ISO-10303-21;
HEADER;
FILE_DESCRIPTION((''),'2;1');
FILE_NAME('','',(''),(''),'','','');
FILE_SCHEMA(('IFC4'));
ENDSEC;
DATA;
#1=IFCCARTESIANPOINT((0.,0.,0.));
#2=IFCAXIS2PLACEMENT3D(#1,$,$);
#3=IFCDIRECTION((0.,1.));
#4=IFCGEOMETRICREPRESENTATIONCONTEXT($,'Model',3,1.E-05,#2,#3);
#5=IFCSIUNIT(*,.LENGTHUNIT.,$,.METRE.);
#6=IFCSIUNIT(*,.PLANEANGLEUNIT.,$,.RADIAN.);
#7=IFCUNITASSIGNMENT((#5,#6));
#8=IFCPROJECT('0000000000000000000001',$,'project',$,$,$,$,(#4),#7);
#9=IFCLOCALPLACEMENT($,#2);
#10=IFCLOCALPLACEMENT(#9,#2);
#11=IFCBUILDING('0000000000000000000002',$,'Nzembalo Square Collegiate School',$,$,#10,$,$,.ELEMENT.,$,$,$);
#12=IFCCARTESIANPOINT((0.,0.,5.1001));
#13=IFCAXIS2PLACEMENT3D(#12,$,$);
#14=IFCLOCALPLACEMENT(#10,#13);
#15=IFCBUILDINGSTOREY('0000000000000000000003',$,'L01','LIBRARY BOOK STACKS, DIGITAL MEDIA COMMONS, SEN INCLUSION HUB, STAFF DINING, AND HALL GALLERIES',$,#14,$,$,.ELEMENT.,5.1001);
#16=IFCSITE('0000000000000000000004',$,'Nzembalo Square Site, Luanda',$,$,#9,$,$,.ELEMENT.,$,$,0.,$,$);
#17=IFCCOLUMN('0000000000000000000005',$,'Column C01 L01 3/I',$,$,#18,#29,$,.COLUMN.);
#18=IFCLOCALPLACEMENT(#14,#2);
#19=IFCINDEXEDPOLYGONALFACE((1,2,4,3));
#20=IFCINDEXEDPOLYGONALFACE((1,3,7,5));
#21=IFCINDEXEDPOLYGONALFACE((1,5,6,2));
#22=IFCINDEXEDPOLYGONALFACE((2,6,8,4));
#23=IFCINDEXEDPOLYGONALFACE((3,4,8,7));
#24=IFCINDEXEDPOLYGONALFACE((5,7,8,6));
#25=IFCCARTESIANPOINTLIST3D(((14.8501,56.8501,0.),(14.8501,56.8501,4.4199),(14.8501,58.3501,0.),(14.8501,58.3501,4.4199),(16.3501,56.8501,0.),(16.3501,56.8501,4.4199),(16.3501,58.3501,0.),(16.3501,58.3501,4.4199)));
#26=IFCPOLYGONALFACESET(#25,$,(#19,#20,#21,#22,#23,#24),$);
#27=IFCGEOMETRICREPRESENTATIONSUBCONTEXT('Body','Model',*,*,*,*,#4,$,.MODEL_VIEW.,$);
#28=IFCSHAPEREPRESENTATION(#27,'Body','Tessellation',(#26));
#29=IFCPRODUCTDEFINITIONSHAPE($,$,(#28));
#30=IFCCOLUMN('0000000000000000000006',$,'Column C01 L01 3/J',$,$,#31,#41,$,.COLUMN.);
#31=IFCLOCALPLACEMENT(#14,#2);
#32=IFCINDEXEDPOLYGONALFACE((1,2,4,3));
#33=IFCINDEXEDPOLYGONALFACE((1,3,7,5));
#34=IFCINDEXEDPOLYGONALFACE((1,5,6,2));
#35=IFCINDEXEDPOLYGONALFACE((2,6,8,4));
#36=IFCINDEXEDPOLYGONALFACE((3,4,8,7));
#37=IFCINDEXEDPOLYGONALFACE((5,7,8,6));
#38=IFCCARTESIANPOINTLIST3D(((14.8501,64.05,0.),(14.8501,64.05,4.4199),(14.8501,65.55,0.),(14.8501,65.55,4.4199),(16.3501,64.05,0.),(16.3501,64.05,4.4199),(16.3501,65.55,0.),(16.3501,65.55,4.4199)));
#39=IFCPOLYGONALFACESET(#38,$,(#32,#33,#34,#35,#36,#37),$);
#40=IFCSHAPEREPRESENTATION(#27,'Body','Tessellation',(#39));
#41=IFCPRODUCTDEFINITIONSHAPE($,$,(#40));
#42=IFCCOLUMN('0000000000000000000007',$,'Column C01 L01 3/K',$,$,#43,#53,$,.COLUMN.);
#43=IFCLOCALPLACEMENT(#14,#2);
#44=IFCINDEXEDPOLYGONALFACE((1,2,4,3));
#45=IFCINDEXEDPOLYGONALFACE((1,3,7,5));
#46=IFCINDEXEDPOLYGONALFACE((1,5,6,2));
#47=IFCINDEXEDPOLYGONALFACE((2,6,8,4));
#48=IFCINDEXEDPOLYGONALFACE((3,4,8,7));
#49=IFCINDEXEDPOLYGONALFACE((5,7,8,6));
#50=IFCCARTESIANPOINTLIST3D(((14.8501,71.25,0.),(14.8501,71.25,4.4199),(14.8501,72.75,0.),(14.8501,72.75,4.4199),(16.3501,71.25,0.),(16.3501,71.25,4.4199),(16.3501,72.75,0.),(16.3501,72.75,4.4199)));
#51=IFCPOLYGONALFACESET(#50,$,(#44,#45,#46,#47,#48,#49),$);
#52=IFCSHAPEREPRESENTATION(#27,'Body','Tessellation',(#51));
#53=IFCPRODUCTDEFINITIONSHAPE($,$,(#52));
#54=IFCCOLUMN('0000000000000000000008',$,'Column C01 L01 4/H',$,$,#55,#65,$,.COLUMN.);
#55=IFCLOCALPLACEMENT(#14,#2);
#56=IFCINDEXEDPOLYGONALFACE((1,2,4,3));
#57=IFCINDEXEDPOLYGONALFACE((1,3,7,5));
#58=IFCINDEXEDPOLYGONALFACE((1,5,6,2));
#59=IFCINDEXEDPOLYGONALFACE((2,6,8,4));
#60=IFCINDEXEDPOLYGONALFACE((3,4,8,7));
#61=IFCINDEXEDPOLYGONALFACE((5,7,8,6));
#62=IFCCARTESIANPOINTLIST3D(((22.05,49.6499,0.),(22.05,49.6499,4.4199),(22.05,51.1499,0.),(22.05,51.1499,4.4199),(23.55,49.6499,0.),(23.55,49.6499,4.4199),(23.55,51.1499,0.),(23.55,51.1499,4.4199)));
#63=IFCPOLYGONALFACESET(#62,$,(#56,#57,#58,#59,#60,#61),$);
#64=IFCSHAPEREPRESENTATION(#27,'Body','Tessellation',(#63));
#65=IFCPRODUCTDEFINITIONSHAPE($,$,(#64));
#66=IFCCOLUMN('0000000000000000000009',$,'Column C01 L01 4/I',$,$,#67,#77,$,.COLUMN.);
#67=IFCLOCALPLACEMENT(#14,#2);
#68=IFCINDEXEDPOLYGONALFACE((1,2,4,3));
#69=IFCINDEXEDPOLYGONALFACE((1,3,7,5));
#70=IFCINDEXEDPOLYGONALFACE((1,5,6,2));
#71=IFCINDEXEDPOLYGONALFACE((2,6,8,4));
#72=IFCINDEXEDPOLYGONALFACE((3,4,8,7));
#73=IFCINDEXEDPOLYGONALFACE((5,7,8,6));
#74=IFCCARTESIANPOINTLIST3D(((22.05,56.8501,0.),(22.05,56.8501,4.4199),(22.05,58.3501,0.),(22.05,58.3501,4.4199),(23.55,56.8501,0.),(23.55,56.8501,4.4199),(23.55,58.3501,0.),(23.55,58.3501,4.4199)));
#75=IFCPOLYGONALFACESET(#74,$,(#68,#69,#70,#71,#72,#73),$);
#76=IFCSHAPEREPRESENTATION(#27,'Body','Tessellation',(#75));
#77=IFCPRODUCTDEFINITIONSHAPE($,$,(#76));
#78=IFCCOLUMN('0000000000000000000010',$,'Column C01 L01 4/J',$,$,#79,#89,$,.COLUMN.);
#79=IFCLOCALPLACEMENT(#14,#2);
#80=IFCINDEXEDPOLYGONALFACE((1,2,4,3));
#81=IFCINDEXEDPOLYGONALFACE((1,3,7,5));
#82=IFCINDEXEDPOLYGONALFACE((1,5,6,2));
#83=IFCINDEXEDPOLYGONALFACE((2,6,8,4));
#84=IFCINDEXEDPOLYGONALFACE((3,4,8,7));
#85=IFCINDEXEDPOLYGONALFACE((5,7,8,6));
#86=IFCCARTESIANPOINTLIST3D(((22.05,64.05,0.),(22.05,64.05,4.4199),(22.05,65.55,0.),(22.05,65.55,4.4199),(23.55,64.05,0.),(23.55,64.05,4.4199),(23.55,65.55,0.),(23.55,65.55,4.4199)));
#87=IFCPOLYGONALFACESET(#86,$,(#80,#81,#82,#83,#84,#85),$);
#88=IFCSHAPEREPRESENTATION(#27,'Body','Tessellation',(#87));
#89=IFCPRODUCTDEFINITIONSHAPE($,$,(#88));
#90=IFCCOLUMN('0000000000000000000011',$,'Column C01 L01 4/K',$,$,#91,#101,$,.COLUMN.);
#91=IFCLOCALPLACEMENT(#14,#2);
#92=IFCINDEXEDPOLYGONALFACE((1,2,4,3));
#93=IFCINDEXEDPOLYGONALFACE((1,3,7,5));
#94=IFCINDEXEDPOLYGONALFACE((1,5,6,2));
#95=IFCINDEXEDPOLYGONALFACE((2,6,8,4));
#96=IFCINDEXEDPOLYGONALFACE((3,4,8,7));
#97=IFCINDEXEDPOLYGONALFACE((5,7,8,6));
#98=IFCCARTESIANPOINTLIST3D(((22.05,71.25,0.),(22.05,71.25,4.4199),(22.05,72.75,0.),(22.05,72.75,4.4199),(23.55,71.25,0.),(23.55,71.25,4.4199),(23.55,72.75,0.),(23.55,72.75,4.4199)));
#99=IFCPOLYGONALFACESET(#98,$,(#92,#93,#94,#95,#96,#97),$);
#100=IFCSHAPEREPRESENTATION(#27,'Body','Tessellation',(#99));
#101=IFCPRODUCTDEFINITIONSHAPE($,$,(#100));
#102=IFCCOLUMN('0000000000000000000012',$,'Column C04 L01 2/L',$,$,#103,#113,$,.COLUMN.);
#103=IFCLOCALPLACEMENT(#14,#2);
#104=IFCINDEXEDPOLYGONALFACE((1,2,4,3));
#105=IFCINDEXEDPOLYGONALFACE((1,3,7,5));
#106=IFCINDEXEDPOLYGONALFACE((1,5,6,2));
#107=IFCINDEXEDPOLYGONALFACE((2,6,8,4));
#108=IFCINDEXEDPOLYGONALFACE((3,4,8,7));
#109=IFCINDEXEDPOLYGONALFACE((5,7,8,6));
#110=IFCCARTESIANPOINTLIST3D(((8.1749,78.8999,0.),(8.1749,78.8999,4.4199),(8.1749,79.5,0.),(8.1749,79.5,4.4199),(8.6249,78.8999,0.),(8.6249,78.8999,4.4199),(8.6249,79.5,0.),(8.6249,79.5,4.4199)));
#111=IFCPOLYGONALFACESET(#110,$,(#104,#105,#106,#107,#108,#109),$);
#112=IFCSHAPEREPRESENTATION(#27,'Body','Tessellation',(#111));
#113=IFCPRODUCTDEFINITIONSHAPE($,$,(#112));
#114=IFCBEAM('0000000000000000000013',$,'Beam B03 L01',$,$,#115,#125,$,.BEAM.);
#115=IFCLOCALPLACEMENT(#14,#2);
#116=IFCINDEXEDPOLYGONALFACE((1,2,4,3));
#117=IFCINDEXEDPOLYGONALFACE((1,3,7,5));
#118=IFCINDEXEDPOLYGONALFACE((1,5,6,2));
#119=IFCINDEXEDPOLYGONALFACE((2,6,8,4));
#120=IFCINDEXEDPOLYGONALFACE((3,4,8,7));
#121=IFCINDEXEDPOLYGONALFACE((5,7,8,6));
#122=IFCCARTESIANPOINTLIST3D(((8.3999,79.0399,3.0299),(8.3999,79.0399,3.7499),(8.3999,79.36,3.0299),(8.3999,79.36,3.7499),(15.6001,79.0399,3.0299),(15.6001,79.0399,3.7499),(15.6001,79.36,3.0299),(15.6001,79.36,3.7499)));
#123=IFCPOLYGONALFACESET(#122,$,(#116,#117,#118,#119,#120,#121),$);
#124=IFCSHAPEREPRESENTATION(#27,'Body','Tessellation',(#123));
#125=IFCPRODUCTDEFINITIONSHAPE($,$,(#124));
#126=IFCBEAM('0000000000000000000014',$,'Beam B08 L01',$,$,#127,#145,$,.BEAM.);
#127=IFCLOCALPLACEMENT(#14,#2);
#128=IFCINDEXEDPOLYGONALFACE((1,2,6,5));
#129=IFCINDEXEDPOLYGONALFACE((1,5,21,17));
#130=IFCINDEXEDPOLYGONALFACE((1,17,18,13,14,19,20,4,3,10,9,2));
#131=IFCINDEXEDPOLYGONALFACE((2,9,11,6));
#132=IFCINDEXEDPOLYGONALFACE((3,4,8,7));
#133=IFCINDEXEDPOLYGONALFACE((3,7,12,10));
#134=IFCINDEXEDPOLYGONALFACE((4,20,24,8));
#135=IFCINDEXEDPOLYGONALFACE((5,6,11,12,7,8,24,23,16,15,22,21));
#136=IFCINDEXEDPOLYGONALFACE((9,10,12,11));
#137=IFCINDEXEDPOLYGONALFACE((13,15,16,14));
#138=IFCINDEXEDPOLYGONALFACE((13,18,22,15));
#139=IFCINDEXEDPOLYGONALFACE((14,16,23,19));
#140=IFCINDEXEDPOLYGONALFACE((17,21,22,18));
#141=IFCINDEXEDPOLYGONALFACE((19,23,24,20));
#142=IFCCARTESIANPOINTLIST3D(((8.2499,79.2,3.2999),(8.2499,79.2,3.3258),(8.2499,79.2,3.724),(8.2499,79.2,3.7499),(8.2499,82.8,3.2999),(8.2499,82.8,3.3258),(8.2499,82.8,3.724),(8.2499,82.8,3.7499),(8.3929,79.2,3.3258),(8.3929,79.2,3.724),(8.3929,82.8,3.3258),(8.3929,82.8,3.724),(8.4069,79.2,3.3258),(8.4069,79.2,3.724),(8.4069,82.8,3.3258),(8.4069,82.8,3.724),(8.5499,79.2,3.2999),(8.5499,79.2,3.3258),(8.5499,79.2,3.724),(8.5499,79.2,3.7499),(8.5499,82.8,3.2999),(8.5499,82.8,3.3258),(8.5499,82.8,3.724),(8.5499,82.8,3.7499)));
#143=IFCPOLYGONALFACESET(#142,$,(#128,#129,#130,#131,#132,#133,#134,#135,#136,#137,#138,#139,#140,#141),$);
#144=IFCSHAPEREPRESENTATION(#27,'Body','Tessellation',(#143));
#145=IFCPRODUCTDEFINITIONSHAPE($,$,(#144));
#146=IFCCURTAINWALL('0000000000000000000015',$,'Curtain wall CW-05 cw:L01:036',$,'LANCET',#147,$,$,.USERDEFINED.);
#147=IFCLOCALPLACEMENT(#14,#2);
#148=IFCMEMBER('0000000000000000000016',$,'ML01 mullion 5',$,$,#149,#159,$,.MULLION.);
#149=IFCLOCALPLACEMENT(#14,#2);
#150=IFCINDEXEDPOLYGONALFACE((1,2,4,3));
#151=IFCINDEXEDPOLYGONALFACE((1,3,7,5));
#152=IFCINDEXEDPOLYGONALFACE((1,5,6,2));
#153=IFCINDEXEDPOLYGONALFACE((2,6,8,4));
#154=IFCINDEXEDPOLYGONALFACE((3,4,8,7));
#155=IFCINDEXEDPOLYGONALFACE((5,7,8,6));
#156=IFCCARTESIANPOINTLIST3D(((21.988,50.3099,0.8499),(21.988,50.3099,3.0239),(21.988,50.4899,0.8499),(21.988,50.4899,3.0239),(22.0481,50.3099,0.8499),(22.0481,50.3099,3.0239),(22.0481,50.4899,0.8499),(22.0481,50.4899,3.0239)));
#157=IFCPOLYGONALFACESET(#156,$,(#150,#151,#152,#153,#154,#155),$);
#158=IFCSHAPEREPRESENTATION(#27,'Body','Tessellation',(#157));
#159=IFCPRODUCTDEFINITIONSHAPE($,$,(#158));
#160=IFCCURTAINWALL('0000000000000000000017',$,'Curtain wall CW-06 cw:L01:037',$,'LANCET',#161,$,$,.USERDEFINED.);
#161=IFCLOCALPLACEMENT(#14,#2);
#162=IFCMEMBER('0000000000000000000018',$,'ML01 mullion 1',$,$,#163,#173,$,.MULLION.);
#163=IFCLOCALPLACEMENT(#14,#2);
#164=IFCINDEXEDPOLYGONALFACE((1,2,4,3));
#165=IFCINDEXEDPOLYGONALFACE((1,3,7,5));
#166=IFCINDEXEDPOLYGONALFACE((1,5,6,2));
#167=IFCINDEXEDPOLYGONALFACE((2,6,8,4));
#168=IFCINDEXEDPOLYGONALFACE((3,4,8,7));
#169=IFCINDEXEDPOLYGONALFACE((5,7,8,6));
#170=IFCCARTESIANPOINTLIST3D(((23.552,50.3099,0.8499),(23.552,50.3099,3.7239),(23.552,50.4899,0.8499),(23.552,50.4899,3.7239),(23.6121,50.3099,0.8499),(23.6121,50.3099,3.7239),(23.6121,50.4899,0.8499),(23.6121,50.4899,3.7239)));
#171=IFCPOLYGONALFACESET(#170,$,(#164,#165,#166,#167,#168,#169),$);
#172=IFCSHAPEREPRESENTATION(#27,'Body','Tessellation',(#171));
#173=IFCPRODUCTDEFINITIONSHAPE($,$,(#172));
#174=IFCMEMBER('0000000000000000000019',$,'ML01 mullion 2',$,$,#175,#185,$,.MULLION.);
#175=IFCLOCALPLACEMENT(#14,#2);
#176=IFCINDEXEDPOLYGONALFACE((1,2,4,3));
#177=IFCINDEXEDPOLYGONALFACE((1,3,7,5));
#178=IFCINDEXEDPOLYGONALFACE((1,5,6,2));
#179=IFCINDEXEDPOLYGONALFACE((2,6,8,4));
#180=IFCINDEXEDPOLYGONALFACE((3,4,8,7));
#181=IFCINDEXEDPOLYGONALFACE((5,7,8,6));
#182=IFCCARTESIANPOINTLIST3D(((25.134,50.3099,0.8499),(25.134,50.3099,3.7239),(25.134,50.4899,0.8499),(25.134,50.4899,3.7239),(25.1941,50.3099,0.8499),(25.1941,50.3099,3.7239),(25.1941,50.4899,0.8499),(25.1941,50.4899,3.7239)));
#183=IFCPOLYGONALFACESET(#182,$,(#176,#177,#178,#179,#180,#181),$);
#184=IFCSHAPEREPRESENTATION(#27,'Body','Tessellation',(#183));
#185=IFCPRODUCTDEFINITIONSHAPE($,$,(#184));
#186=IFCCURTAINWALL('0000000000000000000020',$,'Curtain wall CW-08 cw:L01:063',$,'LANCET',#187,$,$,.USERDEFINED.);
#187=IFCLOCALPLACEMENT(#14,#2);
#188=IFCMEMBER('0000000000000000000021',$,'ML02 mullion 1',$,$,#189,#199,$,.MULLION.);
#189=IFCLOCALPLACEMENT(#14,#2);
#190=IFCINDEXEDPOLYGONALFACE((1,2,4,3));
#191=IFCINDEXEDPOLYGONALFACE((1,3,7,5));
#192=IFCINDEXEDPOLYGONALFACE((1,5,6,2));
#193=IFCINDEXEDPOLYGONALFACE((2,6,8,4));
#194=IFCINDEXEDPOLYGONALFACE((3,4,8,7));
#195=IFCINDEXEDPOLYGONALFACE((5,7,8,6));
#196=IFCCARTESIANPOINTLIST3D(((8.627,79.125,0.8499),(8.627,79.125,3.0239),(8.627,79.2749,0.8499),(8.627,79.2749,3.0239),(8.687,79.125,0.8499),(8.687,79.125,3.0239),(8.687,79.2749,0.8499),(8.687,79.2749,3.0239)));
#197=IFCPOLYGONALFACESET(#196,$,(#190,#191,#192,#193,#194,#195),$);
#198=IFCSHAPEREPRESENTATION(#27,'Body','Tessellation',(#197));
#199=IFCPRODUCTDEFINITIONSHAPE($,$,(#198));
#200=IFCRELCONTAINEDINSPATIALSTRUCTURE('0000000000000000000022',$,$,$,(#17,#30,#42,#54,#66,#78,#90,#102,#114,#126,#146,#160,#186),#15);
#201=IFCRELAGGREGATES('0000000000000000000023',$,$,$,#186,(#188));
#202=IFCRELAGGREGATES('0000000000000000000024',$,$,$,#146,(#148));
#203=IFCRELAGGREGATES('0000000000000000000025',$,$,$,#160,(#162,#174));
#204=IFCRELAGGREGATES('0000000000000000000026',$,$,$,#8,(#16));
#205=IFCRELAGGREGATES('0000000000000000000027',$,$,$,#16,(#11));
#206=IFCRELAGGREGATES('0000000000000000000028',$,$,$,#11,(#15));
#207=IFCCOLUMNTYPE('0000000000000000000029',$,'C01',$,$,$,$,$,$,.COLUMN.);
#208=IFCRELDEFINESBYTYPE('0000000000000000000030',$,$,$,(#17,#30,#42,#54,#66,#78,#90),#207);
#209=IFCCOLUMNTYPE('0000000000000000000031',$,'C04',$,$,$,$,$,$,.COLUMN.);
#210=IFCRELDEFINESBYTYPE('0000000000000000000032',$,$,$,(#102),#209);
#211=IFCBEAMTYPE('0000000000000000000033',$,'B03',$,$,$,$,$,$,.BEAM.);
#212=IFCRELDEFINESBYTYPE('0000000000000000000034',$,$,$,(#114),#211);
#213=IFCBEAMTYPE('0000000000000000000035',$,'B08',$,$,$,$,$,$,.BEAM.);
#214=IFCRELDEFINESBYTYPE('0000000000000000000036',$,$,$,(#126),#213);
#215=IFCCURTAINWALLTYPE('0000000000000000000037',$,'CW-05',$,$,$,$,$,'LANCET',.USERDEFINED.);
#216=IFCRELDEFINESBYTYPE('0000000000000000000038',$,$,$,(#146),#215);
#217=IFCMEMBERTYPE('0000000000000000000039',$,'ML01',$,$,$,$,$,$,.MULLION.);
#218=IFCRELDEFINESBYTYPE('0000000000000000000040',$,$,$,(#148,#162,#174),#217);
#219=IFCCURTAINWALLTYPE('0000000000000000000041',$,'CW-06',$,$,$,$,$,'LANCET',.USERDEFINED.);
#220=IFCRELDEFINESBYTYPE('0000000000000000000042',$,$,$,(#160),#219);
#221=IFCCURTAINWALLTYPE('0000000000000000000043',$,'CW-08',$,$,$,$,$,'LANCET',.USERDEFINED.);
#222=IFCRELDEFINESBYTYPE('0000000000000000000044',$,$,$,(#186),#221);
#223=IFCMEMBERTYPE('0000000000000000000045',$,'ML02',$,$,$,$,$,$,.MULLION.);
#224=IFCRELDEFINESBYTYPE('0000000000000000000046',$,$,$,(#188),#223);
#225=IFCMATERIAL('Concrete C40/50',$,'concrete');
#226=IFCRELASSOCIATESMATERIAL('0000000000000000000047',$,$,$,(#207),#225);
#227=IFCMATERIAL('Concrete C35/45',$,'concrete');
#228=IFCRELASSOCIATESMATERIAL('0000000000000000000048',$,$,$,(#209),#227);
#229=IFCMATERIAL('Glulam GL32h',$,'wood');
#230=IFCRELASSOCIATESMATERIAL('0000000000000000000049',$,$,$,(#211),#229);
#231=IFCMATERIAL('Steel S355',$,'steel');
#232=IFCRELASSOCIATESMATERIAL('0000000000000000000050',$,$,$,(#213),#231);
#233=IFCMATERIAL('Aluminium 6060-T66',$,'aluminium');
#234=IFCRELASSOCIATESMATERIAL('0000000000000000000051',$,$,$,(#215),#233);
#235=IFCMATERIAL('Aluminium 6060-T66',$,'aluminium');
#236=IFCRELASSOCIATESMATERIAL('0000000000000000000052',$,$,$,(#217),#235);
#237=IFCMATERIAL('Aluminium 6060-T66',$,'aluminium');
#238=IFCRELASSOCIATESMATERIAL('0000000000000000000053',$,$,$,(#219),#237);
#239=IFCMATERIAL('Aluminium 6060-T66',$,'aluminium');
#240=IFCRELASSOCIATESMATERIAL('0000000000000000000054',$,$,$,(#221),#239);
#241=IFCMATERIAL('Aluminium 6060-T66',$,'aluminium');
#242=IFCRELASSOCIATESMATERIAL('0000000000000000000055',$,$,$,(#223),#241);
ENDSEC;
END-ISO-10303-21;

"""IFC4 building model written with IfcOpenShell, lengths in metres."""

from ifc_helpers import new_model, si_unit, direction, frame, origin, origin_2d, place, context, subcontext, project, spatial, rectangle, i_section, extrude, material, material_profile, profile_set, type_object, element, aggregate, save


model = new_model("IFC4")

# Units and contexts
model_context = context("Model", 3, precision=1e-05, world=origin(), true_north=direction((0.0, 1.0)))
body_context = subcontext(model_context, "Body", "Model", "MODEL_VIEW")
ifc_project = project(units=[si_unit("LENGTHUNIT", "METRE"), si_unit("PLANEANGLEUNIT", "RADIAN")], contexts=[model_context])

# Site, building, storey
site_placement = place(None, origin())
site = spatial("IfcSite", under=ifc_project, at=site_placement, Name="Nzembalo Square Site, Luanda", CompositionType="ELEMENT", RefElevation=0.0)
building_placement = place(site_placement, origin())
building = spatial("IfcBuilding", under=site, at=building_placement, Name="Nzembalo Square Collegiate School", CompositionType="ELEMENT")
storey_placement = place(building_placement, frame((0.0, 0.0, 5.1001)))
storey = spatial("IfcBuildingStorey", under=building, at=storey_placement, Name="L01", Description="LIBRARY BOOK STACKS, DIGITAL MEDIA COMMONS, SEN INCLUSION HUB, STAFF DINING, AND HALL GALLERIES", CompositionType="ELEMENT", Elevation=5.1001)

# Columns
ifc_material_1 = material(Name="Concrete C40/50", Category="concrete")
ifc_material_profile_1 = material_profile(ifc_material_1, rectangle(XDim=1.5, YDim=1.5, at=origin_2d()), Name="RC 1500x1500")
ifc_profile_set_1 = profile_set([ifc_material_profile_1], Name="Concrete C40/50")
column_type_1 = type_object("IfcColumnType", Name="C01", PredefinedType="COLUMN", material=ifc_profile_set_1)
for number, where, z_axis, x_axis, name in (
    (1, (15.6001, 57.6001, 0.0), (0.0, 0.0, 1.0), (1.0, 0.0, 0.0), "Column C01 L01 3/I"),
    (2, (15.6001, 64.8, 0.0), (0.0, 0.0, 1.0), (1.0, 0.0, 0.0), "Column C01 L01 3/J"),
    (3, (15.6001, 72.0, 0.0), (0.0, 0.0, 1.0), (1.0, 0.0, 0.0), "Column C01 L01 3/K"),
    (4, (22.8, 50.3999, 0.0), (0.0, 0.0, 1.0), (1.0, 0.0, 0.0), "Column C01 L01 4/H"),
    (5, (22.8, 57.6001, 0.0), (0.0, 0.0, 1.0), (1.0, 0.0, 0.0), "Column C01 L01 4/I"),
    (6, (22.8, 64.8, 0.0), (0.0, 0.0, 1.0), (1.0, 0.0, 0.0), "Column C01 L01 4/J"),
    (7, (22.8, 72.0, 0.0), (0.0, 0.0, 1.0), (1.0, 0.0, 0.0), "Column C01 L01 4/K"),
):
    element("IfcColumn", number, at=place(storey_placement, frame(where, z_axis=z_axis, x_axis=x_axis)), inside=storey, type_object=column_type_1, Name=name, PredefinedType="COLUMN", context=body_context, shape_type="SweptSolid", body=[
        extrude(rectangle(XDim=1.5, YDim=1.5, at=origin_2d()), origin(), (0.0, 0.0, 1.0), 4.4199),
    ])
ifc_material_2 = material(Name="Concrete C35/45", Category="concrete")
ifc_material_profile_2 = material_profile(ifc_material_2, rectangle(XDim=0.45, YDim=0.6001, at=origin_2d()), Name="RC 450x600")
ifc_profile_set_2 = profile_set([ifc_material_profile_2], Name="Concrete C35/45")
column_type_2 = type_object("IfcColumnType", Name="C04", PredefinedType="COLUMN", material=ifc_profile_set_2)
column_placement = place(storey_placement, frame((8.3999, 79.2, 0.0), z_axis=(0.0, 0.0, 1.0), x_axis=(1.0, 0.0, 0.0)))
element("IfcColumn", 8, at=column_placement, inside=storey, type_object=column_type_2, Name="Column C04 L01 2/L", PredefinedType="COLUMN", context=body_context, shape_type="SweptSolid", body=[
    extrude(rectangle(XDim=0.45, YDim=0.6001, at=origin_2d()), origin(), (0.0, 0.0, 1.0), 4.4199),
])

# Beams
ifc_material_3 = material(Name="Glulam GL32h", Category="wood")
ifc_material_profile_3 = material_profile(ifc_material_3, rectangle(XDim=0.3201, YDim=0.72, at=origin_2d()), Name="GL32h 320x720")
ifc_profile_set_3 = profile_set([ifc_material_profile_3], Name="Glulam GL32h")
beam_type_1 = type_object("IfcBeamType", Name="B03", PredefinedType="BEAM", material=ifc_profile_set_3)
beam_1_placement = place(storey_placement, frame((8.3999, 79.2, 3.3899), z_axis=(1.0, 0.0, 0.0), x_axis=(0.0, 1.0, 0.0)))
element("IfcBeam", 9, at=beam_1_placement, inside=storey, type_object=beam_type_1, Name="Beam B03 L01", PredefinedType="BEAM", context=body_context, shape_type="SweptSolid", body=[
    extrude(rectangle(XDim=0.3201, YDim=0.72, at=origin_2d()), origin(), (0.0, 0.0, 1.0), 7.2002),
])
ifc_material_4 = material(Name="Steel S355", Category="steel")
ifc_material_profile_4 = material_profile(ifc_material_4, i_section(OverallWidth=0.3, OverallDepth=0.45, WebThickness=0.0139, FlangeThickness=0.0259, at=origin_2d()), Name="HEB 450")
ifc_profile_set_4 = profile_set([ifc_material_profile_4], Name="Steel S355")
beam_type_2 = type_object("IfcBeamType", Name="B08", PredefinedType="BEAM", material=ifc_profile_set_4)
beam_2_placement = place(storey_placement, frame((8.3999, 79.2, 3.5249), z_axis=(0.0, 1.0, 0.0), x_axis=(-1.0, 0.0, 0.0)))
element("IfcBeam", 10, at=beam_2_placement, inside=storey, type_object=beam_type_2, Name="Beam B08 L01", PredefinedType="BEAM", context=body_context, shape_type="SweptSolid", body=[
    extrude(i_section(OverallWidth=0.3, OverallDepth=0.45, WebThickness=0.0139, FlangeThickness=0.0259, at=origin_2d()), origin(), (0.0, 0.0, 1.0), 3.6001),
])

# Curtain wall, member
ifc_material_5 = material(Name="Aluminium 6060-T66", Category="aluminium")
curtain_wall_type_1 = type_object("IfcCurtainWallType", Name="CW-05", ElementType="LANCET", PredefinedType="USERDEFINED", material=ifc_material_5)
curtain_wall_1_placement = place(storey_placement, origin())
curtain_wall_1 = element("IfcCurtainWall", 11, at=curtain_wall_1_placement, inside=storey, type_object=curtain_wall_type_1, Name="Curtain wall CW-05 cw:L01:036", ObjectType="LANCET", PredefinedType="USERDEFINED")
ifc_material_6 = material(Name="Aluminium 6060-T66", Category="aluminium")
ifc_material_profile_5 = material_profile(ifc_material_6, rectangle(XDim=0.0601, YDim=0.1799, at=origin_2d()), Name="ALU M60x180")
ifc_profile_set_5 = profile_set([ifc_material_profile_5], Name="Aluminium 6060-T66")
member_type_1 = type_object("IfcMemberType", Name="ML01", PredefinedType="MULLION", material=ifc_profile_set_5)
member_1_placement = place(storey_placement, frame((22.0181, 50.3999, 0.8499), z_axis=(0.0, 0.0, 1.0), x_axis=(1.0, 0.0, 0.0)))
member_1 = element("IfcMember", 12, at=member_1_placement, type_object=member_type_1, Name="ML01 mullion 5", PredefinedType="MULLION", context=body_context, shape_type="SweptSolid", body=[
    extrude(rectangle(XDim=0.0601, YDim=0.1799, at=origin_2d()), origin(), (0.0, 0.0, 1.0), 2.1741),
])

# Curtain wall, members
ifc_material_7 = material(Name="Aluminium 6060-T66", Category="aluminium")
curtain_wall_type_2 = type_object("IfcCurtainWallType", Name="CW-06", ElementType="LANCET", PredefinedType="USERDEFINED", material=ifc_material_7)
curtain_wall_2_placement = place(storey_placement, origin())
curtain_wall_2 = element("IfcCurtainWall", 13, at=curtain_wall_2_placement, inside=storey, type_object=curtain_wall_type_2, Name="Curtain wall CW-06 cw:L01:037", ObjectType="LANCET", PredefinedType="USERDEFINED")
member_2_placement = place(storey_placement, frame((23.582, 50.3999, 0.8499), z_axis=(0.0, 0.0, 1.0), x_axis=(1.0, 0.0, 0.0)))
member_2 = element("IfcMember", 14, at=member_2_placement, type_object=member_type_1, Name="ML01 mullion 1", PredefinedType="MULLION", context=body_context, shape_type="SweptSolid", body=[
    extrude(rectangle(XDim=0.0601, YDim=0.1799, at=origin_2d()), origin(), (0.0, 0.0, 1.0), 2.874),
])
member_3_placement = place(storey_placement, frame((25.1641, 50.3999, 0.8499), z_axis=(0.0, 0.0, 1.0), x_axis=(1.0, 0.0, 0.0)))
member_3 = element("IfcMember", 15, at=member_3_placement, type_object=member_type_1, Name="ML01 mullion 2", PredefinedType="MULLION", context=body_context, shape_type="SweptSolid", body=[
    extrude(rectangle(XDim=0.0601, YDim=0.1799, at=origin_2d()), origin(), (0.0, 0.0, 1.0), 2.874),
])

# Curtain wall, member
ifc_material_8 = material(Name="Aluminium 6060-T66", Category="aluminium")
curtain_wall_type_3 = type_object("IfcCurtainWallType", Name="CW-08", ElementType="LANCET", PredefinedType="USERDEFINED", material=ifc_material_8)
curtain_wall_3_placement = place(storey_placement, origin())
curtain_wall_3 = element("IfcCurtainWall", 16, at=curtain_wall_3_placement, inside=storey, type_object=curtain_wall_type_3, Name="Curtain wall CW-08 cw:L01:063", ObjectType="LANCET", PredefinedType="USERDEFINED")
ifc_material_9 = material(Name="Aluminium 6060-T66", Category="aluminium")
ifc_material_profile_6 = material_profile(ifc_material_9, rectangle(XDim=0.0601, YDim=0.1499, at=origin_2d()), Name="ALU M60x150")
ifc_profile_set_6 = profile_set([ifc_material_profile_6], Name="Aluminium 6060-T66")
member_type_2 = type_object("IfcMemberType", Name="ML02", PredefinedType="MULLION", material=ifc_profile_set_6)
member_4_placement = place(storey_placement, frame((8.657, 79.2, 0.8499), z_axis=(0.0, 0.0, 1.0), x_axis=(1.0, 0.0, 0.0)))
member_4 = element("IfcMember", 17, at=member_4_placement, type_object=member_type_2, Name="ML02 mullion 1", PredefinedType="MULLION", context=body_context, shape_type="SweptSolid", body=[
    extrude(rectangle(XDim=0.0601, YDim=0.1499, at=origin_2d()), origin(), (0.0, 0.0, 1.0), 2.1741),
])
aggregate(curtain_wall_3, [member_4])

aggregate(curtain_wall_1, [member_1])
aggregate(curtain_wall_2, [member_2, member_3])

save(model, "model.ifc")
